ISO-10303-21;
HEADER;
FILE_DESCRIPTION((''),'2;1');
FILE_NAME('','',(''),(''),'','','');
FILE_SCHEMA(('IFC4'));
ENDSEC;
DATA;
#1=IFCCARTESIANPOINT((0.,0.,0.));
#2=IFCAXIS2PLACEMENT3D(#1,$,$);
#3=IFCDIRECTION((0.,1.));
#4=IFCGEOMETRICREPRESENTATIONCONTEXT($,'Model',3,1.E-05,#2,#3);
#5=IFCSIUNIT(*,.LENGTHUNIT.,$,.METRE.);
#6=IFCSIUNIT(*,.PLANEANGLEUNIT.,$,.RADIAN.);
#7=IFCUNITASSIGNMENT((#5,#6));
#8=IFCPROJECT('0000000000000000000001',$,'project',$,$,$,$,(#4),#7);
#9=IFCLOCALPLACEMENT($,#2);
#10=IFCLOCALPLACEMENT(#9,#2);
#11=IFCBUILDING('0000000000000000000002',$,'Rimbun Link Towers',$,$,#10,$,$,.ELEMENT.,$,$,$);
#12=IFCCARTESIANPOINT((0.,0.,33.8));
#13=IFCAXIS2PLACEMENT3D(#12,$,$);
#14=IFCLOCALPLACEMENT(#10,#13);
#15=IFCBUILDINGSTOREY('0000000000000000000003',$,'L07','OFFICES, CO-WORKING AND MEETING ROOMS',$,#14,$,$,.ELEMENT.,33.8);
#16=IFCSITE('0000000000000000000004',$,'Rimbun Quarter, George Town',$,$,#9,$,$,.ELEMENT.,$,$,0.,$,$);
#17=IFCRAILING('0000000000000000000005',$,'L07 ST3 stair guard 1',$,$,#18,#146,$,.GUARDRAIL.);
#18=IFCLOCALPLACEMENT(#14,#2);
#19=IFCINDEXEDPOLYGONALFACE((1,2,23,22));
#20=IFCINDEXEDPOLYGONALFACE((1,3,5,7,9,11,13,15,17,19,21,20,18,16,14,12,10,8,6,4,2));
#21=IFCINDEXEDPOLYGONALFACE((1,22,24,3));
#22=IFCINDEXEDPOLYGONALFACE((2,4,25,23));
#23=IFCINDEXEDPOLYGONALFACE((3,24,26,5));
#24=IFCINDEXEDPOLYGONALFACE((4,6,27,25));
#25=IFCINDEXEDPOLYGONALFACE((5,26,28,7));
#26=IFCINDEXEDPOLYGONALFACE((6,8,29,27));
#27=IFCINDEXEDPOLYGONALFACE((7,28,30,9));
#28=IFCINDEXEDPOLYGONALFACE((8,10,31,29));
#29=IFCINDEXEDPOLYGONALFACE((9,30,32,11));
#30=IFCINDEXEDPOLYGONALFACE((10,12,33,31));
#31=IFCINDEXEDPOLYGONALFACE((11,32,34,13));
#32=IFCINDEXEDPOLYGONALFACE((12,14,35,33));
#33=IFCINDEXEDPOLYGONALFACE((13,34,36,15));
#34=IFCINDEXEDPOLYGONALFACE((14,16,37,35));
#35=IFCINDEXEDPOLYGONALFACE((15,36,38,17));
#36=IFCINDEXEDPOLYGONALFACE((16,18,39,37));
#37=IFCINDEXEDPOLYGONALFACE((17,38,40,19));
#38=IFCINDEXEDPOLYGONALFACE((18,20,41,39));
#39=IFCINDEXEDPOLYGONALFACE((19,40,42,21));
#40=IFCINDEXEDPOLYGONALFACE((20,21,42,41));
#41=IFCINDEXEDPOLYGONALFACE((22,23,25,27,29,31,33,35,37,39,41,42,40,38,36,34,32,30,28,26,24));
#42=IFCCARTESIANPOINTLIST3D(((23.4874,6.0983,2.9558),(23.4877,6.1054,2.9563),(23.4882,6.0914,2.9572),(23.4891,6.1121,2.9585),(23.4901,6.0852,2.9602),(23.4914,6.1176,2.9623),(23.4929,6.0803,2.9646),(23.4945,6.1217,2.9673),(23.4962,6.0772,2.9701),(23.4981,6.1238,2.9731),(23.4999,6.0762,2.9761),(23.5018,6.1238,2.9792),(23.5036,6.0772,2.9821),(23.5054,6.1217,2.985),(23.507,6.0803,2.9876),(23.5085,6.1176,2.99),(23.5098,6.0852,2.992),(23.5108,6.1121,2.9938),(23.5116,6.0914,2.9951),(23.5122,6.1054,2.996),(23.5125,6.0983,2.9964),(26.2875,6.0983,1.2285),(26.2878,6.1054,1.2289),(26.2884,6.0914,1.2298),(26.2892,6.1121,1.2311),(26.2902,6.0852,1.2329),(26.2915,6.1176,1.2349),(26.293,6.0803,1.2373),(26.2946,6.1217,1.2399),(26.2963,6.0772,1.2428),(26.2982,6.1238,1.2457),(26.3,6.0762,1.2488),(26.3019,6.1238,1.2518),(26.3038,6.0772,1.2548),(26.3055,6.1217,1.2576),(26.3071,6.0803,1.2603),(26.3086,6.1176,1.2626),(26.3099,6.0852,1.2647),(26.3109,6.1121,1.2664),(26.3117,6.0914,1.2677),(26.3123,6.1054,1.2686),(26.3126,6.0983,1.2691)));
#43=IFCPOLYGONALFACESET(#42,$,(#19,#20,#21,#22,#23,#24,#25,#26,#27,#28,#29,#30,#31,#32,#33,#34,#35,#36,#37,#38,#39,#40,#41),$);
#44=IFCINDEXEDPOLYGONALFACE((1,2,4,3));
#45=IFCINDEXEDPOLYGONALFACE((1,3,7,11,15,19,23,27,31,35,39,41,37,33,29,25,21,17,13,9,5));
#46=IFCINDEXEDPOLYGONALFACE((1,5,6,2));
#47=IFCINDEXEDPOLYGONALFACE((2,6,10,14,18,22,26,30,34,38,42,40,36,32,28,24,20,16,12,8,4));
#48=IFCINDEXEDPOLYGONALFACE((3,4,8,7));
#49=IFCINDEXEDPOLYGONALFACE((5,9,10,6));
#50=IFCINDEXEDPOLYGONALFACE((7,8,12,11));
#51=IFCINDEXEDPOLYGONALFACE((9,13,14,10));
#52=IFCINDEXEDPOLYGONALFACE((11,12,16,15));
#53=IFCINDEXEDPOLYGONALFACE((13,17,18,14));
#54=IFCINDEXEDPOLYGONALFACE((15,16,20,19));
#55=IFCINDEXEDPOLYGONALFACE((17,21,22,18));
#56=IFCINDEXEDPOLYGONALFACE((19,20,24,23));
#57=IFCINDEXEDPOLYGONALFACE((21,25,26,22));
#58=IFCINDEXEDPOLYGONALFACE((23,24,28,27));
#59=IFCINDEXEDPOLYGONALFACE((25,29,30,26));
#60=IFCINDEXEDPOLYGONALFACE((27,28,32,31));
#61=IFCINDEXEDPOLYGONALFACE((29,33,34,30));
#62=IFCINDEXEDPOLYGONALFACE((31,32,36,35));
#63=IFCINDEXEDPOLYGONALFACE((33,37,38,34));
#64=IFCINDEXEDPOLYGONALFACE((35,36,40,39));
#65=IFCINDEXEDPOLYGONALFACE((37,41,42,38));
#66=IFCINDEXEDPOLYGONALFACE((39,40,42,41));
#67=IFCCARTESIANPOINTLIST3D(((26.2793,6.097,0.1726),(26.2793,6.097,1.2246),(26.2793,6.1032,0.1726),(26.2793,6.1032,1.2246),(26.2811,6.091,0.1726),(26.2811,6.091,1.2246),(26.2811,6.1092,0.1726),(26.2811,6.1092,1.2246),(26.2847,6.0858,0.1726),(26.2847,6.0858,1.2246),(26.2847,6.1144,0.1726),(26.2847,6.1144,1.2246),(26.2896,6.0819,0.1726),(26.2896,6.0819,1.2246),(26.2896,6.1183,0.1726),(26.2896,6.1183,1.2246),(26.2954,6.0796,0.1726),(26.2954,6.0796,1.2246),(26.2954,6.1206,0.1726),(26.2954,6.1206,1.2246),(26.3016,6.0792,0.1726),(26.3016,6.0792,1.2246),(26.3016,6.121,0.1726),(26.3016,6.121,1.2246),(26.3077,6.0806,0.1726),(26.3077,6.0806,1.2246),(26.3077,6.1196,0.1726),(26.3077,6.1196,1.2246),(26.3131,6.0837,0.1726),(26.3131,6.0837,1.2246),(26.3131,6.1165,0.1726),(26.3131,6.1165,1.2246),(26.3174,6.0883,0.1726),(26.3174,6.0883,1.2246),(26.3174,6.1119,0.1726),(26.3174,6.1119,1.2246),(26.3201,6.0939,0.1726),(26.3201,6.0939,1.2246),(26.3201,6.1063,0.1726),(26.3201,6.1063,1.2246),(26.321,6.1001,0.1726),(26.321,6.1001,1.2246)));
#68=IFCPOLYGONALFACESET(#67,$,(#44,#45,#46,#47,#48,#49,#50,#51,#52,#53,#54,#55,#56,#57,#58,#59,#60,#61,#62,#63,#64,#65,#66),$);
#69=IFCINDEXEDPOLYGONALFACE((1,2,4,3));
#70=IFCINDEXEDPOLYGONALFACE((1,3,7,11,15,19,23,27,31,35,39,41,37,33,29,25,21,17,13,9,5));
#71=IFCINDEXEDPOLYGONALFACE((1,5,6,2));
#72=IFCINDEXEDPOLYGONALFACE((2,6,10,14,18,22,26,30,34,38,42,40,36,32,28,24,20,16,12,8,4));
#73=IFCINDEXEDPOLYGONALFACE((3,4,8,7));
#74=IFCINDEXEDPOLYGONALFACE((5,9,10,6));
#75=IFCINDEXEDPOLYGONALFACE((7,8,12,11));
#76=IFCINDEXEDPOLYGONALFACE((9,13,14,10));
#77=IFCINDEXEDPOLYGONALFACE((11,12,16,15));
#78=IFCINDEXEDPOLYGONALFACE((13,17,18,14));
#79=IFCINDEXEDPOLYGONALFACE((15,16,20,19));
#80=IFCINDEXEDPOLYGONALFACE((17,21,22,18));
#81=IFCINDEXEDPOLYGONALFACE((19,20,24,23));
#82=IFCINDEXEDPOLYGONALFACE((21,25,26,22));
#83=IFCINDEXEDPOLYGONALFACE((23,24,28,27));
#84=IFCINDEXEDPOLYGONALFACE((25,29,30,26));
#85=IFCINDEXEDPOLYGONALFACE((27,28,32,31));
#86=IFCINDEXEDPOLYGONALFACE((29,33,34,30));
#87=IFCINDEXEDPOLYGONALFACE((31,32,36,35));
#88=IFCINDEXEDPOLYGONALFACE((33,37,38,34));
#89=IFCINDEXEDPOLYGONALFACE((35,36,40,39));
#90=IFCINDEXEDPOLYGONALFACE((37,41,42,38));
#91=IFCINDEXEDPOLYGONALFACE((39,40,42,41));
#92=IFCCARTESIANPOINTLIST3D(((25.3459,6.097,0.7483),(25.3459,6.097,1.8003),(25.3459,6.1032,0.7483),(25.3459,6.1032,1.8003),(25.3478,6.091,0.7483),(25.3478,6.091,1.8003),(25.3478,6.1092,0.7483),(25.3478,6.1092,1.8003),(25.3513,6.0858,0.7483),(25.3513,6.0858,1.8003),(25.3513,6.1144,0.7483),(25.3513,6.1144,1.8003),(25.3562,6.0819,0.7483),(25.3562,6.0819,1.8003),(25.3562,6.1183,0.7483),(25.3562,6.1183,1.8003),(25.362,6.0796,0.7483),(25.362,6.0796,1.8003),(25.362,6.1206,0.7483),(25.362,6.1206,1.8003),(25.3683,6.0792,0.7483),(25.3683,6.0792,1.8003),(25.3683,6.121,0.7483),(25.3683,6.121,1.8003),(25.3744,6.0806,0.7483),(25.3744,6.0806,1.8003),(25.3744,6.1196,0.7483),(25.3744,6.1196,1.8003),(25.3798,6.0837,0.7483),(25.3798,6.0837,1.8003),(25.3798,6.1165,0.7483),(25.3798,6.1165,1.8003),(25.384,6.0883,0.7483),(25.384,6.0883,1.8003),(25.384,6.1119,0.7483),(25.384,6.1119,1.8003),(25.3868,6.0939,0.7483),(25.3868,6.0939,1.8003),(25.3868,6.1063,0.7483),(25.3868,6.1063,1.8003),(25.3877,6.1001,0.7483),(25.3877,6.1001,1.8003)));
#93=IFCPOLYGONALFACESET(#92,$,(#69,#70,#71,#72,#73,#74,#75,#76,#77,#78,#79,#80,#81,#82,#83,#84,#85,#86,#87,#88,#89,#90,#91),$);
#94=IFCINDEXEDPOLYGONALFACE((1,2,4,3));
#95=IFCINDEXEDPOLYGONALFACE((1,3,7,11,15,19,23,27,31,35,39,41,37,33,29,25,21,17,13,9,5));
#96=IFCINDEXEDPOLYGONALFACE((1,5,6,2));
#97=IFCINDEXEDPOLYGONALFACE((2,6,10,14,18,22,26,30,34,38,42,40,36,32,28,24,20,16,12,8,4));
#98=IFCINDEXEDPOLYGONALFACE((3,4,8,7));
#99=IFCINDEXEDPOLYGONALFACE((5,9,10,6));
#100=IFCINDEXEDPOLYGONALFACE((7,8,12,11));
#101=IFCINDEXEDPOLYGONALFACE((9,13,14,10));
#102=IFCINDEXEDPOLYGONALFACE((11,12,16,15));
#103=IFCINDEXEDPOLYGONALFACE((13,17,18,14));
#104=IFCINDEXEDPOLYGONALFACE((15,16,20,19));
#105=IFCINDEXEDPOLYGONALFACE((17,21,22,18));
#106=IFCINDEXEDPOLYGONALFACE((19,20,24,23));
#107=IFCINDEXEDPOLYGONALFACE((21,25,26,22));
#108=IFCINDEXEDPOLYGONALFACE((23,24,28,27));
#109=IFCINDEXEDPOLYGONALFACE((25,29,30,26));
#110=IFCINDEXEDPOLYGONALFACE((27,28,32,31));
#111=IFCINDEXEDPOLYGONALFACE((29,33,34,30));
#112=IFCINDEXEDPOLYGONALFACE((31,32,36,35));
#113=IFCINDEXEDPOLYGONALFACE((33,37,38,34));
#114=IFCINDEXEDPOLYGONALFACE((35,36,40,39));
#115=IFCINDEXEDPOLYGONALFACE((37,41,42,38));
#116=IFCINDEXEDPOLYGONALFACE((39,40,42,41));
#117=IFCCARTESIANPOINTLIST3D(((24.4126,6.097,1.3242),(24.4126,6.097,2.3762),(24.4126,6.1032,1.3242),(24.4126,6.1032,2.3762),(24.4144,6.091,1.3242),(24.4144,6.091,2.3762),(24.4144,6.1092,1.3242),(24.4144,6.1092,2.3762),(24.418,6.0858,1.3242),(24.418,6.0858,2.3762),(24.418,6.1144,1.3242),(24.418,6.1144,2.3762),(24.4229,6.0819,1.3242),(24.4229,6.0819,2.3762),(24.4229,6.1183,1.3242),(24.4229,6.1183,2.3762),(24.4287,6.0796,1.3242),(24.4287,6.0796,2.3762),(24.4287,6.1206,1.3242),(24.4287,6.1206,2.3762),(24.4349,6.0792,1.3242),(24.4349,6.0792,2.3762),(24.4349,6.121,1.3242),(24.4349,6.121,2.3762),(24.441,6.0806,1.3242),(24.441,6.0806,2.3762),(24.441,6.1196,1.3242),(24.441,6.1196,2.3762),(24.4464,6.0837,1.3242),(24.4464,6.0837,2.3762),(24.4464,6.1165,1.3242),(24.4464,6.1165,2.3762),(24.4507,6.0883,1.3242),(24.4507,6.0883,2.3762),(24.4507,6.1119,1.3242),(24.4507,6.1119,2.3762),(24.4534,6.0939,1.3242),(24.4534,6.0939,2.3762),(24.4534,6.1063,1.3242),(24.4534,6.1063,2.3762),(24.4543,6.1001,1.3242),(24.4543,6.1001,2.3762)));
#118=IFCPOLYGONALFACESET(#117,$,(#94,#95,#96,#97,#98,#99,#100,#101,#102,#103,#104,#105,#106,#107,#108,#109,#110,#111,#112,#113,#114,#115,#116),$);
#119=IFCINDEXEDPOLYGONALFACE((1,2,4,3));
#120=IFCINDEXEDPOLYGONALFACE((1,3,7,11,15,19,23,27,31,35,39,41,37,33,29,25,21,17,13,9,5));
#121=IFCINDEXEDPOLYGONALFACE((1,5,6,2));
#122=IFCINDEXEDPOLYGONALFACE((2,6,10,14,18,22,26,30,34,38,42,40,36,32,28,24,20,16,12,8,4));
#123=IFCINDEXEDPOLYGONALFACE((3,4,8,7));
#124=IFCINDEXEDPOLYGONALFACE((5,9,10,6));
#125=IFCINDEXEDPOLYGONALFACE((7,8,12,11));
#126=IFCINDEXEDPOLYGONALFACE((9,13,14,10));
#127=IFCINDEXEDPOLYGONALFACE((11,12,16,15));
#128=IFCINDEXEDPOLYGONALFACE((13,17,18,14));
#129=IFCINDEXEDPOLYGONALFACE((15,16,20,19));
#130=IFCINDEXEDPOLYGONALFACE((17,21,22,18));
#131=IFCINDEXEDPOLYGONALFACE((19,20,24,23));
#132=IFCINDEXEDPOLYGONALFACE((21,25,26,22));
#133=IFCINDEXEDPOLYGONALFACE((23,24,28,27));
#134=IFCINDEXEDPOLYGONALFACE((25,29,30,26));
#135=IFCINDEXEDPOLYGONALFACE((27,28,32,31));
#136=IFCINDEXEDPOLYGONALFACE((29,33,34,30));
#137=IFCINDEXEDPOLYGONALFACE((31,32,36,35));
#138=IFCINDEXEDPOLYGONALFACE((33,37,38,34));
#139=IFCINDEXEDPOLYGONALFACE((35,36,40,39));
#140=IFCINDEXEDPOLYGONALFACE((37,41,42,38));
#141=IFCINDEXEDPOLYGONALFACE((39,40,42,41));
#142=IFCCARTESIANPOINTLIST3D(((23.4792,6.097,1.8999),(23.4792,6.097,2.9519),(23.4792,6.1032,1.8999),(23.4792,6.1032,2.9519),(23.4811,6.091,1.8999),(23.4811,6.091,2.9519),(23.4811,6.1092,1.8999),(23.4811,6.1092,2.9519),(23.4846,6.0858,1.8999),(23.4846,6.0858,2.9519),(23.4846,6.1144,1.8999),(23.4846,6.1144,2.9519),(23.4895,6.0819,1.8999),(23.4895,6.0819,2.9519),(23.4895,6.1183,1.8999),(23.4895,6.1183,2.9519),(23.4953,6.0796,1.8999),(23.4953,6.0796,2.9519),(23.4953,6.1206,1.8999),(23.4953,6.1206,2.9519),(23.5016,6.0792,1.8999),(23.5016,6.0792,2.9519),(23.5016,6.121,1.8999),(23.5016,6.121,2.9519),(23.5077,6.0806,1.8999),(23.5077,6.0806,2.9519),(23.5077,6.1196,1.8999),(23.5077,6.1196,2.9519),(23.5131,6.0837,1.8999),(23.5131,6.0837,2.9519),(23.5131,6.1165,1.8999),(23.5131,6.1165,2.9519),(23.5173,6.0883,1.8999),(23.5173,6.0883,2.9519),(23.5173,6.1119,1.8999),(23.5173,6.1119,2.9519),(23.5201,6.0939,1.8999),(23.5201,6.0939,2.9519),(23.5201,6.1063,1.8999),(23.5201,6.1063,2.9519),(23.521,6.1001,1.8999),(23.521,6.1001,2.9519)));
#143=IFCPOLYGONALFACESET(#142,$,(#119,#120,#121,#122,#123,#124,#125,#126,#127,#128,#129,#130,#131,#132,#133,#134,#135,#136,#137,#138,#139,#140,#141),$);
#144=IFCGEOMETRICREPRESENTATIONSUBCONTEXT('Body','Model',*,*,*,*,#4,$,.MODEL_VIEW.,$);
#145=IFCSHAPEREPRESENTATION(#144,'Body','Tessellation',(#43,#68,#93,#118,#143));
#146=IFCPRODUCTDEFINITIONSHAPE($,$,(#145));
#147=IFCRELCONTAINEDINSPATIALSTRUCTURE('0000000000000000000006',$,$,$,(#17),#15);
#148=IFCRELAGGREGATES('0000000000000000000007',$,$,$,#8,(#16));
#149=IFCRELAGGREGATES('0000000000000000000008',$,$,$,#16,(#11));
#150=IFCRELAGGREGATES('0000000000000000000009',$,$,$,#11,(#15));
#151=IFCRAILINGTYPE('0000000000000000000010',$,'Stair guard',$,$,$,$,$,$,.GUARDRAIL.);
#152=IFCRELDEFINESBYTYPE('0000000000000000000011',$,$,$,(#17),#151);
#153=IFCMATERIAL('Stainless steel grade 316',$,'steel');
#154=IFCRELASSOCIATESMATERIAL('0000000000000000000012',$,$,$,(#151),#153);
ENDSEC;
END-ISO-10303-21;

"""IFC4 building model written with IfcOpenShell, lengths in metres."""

from ifc_helpers import new_model, si_unit, direction, frame, origin, origin_2d, place, context, subcontext, project, spatial, circle, extrude, material, type_object, element, save


model = new_model("IFC4")

# Units and contexts
model_context = context("Model", 3, precision=1e-05, world=origin(), true_north=direction((0.0, 1.0)))
body_context = subcontext(model_context, "Body", "Model", "MODEL_VIEW")
ifc_project = project(units=[si_unit("LENGTHUNIT", "METRE"), si_unit("PLANEANGLEUNIT", "RADIAN")], contexts=[model_context])

# Site, building, storey
site_placement = place(None, origin())
site = spatial("IfcSite", under=ifc_project, at=site_placement, Name="Rimbun Quarter, George Town", CompositionType="ELEMENT", RefElevation=0.0)
building_placement = place(site_placement, origin())
building = spatial("IfcBuilding", under=site, at=building_placement, Name="Rimbun Link Towers", CompositionType="ELEMENT")
storey_placement = place(building_placement, frame((0.0, 0.0, 33.8)))
storey = spatial("IfcBuildingStorey", under=building, at=storey_placement, Name="L07", Description="OFFICES, CO-WORKING AND MEETING ROOMS", CompositionType="ELEMENT", Elevation=33.8)

# Railing
ifc_material_1 = material(Name="Stainless steel grade 316", Category="steel")
railing_type_1 = type_object("IfcRailingType", Name="Stair guard", PredefinedType="GUARDRAIL", material=ifc_material_1)
railing_1_placement = place(storey_placement, frame((26.3, 6.1001, 0.1726)))
element("IfcRailing", 1, at=railing_1_placement, inside=storey, type_object=railing_type_1, Name="L07 ST3 stair guard 1", PredefinedType="GUARDRAIL", context=body_context, shape_type="SweptSolid", body=[
    extrude(circle(Radius=0.0239, at=origin_2d()), frame((0.0, 0.0, 1.0762), z_axis=(-0.85109, 0.0, 0.52502), x_axis=(0.0, -1.0, 0.0)), (0.0, 0.0, 1.0), 3.29),
    extrude(circle(Radius=0.021, at=origin_2d()), origin(), (0.0, 0.0, 1.0), 1.052),
    extrude(circle(Radius=0.021, at=origin_2d()), frame((-0.9333, 0.0, 0.5757)), (0.0, 0.0, 1.0), 1.052),
    extrude(circle(Radius=0.021, at=origin_2d()), frame((-1.8667, 0.0, 1.1516)), (0.0, 0.0, 1.0), 1.052),
    extrude(circle(Radius=0.021, at=origin_2d()), frame((-2.8, 0.0, 1.7273)), (0.0, 0.0, 1.0), 1.052),
])

save(model, "model.ifc")
